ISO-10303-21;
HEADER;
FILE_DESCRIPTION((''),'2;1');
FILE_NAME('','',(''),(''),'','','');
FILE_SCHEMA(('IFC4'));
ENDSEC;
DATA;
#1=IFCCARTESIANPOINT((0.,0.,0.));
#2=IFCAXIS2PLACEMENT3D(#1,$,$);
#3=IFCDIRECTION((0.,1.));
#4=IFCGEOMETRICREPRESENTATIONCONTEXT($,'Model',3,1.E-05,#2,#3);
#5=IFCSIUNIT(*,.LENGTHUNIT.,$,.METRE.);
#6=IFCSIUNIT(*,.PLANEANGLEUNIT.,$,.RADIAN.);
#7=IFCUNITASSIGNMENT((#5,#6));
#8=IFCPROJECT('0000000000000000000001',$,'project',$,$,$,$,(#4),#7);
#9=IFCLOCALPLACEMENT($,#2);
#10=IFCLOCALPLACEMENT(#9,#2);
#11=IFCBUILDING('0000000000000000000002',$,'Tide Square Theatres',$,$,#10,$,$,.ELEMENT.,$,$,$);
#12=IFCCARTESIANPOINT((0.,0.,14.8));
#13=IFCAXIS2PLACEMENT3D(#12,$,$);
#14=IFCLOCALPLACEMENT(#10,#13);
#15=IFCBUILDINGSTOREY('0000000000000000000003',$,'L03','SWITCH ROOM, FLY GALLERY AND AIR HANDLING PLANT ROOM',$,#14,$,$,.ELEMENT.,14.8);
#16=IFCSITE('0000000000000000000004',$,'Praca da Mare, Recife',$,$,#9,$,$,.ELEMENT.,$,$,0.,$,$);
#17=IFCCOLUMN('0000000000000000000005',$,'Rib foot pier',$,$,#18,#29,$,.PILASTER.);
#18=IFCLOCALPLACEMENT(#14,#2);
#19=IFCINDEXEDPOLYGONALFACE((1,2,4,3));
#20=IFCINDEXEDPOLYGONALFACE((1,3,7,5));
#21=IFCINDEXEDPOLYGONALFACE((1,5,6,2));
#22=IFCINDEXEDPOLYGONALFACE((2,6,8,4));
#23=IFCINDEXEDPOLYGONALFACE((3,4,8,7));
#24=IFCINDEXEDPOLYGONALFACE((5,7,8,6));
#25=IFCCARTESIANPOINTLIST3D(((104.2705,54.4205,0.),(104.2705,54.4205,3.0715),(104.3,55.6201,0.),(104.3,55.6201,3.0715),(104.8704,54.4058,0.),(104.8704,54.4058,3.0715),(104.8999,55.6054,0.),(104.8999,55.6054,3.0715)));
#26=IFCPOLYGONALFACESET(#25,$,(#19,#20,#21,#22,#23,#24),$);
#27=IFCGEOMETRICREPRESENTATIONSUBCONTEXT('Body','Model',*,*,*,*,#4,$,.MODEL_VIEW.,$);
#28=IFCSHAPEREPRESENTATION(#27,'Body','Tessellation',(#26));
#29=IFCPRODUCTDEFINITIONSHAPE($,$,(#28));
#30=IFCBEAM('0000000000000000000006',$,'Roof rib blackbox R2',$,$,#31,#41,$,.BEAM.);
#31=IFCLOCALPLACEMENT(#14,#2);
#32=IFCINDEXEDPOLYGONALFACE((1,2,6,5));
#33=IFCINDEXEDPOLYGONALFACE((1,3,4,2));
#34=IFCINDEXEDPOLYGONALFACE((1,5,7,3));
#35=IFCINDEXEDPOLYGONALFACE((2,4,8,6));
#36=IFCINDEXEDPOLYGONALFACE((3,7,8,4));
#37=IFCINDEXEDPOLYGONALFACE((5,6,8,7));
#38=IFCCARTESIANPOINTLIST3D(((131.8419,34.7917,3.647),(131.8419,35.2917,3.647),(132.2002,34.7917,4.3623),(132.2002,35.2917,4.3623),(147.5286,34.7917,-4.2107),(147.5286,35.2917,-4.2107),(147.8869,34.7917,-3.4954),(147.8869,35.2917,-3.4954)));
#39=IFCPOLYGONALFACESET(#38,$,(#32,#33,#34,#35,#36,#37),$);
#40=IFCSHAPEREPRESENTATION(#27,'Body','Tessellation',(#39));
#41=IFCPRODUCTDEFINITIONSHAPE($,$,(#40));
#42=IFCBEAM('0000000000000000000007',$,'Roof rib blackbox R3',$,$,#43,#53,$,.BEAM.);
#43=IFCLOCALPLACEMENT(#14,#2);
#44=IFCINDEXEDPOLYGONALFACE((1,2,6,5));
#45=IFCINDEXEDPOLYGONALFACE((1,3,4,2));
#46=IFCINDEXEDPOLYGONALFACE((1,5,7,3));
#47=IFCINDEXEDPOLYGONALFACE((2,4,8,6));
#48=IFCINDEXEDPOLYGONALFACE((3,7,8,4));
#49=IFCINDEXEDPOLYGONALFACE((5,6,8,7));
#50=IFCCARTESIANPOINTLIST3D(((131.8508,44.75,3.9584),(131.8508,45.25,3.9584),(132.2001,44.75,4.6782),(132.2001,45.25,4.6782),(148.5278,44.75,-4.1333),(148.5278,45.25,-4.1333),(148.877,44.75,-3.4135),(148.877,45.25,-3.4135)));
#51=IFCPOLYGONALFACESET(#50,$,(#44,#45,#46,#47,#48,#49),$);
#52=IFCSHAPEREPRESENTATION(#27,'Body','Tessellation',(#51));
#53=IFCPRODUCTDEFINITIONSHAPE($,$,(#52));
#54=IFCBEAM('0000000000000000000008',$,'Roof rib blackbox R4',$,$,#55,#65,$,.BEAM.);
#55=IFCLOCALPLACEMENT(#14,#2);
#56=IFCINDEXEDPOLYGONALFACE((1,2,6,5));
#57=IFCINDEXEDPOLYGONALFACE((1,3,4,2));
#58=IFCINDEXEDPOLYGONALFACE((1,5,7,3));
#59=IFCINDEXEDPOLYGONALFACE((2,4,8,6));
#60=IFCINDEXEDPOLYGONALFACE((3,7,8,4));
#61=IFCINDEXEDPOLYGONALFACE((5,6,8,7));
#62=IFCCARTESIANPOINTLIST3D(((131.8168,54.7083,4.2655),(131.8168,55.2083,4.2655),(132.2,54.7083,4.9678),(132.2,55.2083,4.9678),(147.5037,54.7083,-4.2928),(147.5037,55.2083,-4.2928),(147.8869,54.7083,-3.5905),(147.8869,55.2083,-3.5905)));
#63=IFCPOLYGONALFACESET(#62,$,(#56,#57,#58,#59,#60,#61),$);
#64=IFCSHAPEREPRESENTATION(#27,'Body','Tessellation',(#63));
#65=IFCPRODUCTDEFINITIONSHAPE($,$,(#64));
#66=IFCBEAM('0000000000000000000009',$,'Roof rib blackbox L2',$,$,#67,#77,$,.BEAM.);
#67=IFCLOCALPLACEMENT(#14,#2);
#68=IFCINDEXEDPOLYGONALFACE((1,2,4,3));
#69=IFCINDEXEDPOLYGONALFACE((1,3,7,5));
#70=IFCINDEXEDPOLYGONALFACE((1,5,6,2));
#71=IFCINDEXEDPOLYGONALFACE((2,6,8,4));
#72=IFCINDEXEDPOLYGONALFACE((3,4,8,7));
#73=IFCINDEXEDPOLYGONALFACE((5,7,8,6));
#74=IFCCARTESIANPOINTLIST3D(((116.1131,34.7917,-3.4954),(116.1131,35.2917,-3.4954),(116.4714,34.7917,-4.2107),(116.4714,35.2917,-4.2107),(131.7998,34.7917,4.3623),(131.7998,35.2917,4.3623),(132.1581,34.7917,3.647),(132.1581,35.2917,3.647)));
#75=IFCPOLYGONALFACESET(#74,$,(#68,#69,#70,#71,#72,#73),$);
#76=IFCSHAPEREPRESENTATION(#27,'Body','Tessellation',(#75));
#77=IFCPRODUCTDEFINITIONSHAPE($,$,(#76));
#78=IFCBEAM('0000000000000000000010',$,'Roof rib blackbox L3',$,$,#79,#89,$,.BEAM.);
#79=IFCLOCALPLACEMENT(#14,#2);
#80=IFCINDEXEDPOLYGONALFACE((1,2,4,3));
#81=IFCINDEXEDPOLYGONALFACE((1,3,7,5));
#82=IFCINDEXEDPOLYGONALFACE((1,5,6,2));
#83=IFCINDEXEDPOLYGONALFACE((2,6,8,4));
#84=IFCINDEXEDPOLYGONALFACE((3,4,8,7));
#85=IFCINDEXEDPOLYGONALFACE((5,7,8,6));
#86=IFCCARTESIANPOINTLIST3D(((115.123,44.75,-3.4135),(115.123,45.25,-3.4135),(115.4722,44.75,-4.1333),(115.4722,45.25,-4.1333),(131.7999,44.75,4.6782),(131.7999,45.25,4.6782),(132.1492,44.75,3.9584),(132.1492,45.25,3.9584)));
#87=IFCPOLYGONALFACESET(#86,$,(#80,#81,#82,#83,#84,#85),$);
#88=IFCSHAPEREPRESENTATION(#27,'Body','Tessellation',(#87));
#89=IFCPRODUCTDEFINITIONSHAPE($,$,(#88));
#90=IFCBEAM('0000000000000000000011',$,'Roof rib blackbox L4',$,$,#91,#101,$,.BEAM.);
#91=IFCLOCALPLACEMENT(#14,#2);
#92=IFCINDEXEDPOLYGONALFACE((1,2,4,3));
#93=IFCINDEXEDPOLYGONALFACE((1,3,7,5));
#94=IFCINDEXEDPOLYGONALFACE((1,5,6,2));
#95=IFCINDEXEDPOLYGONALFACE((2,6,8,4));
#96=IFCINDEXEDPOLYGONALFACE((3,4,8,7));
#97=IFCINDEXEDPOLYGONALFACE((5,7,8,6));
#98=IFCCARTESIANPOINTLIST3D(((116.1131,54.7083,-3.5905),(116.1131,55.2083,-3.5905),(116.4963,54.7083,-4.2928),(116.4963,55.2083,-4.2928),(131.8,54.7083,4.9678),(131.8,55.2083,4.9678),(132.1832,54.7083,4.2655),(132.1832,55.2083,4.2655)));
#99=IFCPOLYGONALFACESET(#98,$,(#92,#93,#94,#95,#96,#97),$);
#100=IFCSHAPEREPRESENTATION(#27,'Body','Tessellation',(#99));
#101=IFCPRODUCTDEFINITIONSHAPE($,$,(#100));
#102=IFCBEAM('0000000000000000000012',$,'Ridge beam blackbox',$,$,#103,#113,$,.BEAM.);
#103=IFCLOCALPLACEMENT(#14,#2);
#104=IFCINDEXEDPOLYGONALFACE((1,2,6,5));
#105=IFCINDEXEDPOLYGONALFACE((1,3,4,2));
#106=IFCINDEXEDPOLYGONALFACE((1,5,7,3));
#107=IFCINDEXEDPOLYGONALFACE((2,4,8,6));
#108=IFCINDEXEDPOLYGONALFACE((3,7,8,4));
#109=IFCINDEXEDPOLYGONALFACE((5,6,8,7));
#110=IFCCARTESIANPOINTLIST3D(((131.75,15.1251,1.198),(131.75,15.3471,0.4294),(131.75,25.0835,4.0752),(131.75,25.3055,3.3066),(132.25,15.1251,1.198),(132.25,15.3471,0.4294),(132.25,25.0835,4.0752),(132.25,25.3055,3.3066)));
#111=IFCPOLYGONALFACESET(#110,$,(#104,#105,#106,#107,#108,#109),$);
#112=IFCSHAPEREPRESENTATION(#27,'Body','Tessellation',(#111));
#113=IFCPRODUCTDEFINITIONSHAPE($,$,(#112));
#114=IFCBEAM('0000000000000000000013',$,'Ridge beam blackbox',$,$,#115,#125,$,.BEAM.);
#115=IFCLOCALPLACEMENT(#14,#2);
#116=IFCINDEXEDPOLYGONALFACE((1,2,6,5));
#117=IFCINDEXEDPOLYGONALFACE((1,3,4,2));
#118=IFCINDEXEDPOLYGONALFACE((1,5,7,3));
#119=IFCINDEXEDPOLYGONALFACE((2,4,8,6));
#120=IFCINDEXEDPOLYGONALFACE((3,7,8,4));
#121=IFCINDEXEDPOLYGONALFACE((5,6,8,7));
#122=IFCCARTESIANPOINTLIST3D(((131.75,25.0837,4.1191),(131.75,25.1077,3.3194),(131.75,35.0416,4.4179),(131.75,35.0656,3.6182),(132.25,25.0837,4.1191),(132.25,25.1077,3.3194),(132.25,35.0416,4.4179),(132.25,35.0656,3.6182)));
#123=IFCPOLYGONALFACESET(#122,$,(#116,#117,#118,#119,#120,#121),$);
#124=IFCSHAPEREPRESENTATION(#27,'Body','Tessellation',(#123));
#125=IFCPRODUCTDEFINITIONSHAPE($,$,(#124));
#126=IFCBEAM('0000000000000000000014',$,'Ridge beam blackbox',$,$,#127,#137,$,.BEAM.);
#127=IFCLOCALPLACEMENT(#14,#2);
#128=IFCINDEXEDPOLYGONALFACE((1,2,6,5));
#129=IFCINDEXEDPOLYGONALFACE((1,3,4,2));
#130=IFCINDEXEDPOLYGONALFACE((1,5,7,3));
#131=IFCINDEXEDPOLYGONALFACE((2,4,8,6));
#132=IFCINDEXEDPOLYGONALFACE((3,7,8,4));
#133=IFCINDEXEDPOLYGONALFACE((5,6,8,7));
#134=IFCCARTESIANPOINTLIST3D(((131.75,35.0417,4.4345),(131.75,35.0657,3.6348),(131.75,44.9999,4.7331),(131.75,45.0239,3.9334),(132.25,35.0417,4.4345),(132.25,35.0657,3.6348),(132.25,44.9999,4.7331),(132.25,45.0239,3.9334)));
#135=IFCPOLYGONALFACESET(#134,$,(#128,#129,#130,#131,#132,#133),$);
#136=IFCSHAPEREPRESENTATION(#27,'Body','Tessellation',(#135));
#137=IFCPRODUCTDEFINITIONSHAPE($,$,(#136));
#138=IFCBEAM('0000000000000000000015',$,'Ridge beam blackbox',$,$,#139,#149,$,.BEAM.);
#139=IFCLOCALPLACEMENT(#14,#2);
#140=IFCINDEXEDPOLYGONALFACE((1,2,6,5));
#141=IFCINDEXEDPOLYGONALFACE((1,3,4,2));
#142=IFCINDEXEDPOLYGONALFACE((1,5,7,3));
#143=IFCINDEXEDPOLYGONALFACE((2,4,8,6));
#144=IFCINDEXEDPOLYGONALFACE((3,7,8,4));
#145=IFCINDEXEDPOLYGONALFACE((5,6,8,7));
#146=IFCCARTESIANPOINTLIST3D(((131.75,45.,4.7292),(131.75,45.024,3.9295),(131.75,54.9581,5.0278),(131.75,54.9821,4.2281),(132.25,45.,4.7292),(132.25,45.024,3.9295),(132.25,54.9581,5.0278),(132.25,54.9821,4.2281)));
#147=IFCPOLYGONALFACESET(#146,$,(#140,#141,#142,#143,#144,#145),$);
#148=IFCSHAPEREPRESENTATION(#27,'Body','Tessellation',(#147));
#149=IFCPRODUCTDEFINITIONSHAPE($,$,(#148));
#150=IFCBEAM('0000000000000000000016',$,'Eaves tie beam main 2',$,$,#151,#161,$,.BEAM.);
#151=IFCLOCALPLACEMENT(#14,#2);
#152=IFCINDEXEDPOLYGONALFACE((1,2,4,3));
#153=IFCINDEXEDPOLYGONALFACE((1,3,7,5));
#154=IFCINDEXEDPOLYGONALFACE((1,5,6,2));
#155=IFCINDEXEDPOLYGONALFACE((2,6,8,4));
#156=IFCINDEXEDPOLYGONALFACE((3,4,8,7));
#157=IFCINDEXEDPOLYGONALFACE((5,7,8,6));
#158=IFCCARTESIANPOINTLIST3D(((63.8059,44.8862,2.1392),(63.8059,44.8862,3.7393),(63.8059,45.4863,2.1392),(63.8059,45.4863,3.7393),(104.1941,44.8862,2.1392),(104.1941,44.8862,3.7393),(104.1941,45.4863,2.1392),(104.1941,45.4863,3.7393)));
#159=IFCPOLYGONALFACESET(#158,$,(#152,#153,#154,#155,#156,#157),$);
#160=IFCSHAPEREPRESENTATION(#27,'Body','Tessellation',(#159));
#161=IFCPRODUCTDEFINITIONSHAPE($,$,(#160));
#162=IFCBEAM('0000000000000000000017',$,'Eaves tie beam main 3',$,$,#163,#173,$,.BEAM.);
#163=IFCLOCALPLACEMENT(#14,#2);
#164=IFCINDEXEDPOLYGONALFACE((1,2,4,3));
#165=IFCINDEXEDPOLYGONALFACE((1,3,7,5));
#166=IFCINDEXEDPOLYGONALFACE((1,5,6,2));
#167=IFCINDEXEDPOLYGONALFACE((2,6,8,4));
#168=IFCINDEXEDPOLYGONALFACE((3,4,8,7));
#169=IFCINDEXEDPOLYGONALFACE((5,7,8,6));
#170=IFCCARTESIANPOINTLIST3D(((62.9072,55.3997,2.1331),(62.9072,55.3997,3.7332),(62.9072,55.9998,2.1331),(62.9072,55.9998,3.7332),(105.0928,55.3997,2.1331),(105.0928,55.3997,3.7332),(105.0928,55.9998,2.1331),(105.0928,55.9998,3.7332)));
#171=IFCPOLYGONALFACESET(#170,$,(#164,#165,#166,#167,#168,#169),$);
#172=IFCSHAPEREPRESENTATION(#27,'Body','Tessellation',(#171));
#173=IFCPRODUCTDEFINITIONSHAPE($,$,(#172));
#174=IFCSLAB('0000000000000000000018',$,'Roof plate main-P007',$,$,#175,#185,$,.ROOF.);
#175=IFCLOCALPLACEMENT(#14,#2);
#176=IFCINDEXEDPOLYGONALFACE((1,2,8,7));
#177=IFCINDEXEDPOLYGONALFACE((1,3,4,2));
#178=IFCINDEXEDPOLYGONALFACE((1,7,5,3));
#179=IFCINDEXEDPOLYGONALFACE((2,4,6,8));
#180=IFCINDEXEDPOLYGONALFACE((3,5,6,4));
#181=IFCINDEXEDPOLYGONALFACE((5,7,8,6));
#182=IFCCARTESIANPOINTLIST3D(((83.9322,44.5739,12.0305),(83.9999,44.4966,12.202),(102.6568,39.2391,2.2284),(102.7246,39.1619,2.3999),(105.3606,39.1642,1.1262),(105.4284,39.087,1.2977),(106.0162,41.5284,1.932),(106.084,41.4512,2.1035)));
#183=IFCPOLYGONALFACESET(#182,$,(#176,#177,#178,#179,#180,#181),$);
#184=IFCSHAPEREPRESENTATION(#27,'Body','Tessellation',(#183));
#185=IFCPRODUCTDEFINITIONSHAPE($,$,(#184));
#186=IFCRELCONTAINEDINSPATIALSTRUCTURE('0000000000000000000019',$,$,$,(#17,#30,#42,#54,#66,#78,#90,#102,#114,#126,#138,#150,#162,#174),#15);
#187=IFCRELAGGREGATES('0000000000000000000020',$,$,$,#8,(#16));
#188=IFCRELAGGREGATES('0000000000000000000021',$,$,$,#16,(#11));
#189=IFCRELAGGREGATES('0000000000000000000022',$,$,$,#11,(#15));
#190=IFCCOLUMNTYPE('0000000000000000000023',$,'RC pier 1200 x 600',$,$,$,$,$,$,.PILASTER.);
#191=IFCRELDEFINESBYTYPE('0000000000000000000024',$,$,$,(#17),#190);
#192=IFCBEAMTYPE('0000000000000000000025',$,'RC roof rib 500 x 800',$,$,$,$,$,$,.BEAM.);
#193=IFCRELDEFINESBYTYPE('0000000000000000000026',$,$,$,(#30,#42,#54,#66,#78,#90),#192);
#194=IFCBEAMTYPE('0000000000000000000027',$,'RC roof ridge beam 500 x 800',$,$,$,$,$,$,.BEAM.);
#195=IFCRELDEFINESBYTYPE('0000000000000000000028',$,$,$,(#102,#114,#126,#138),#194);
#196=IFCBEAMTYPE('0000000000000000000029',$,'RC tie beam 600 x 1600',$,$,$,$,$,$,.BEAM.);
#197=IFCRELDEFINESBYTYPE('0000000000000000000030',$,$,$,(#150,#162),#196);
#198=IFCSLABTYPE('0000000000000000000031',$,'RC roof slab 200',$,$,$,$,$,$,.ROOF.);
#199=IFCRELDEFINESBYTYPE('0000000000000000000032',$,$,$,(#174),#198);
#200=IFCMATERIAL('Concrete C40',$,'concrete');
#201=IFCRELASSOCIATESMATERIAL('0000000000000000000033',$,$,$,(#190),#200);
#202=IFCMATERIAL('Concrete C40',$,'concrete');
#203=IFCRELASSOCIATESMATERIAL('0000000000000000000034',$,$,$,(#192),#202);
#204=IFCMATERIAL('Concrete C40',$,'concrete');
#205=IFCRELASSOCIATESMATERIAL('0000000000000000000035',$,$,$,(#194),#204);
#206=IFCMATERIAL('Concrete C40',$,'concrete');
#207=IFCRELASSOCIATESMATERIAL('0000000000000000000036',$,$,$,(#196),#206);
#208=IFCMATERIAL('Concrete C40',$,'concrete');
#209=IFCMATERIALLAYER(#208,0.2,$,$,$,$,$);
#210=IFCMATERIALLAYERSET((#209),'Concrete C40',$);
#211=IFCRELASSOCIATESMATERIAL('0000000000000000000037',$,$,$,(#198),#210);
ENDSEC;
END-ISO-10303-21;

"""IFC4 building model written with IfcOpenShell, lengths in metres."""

from ifc_helpers import new_model, si_unit, direction, frame, origin, origin_2d, place, context, subcontext, project, spatial, polyline, rectangle, outline, extrude, material, layer, layer_set, material_profile, profile_set, type_object, element, save


model = new_model("IFC4")

# Units and contexts
model_context = context("Model", 3, precision=1e-05, world=origin(), true_north=direction((0.0, 1.0)))
body_context = subcontext(model_context, "Body", "Model", "MODEL_VIEW")
ifc_project = project(units=[si_unit("LENGTHUNIT", "METRE"), si_unit("PLANEANGLEUNIT", "RADIAN")], contexts=[model_context])

# Site, building, storey
site_placement = place(None, origin())
site = spatial("IfcSite", under=ifc_project, at=site_placement, Name="Praca da Mare, Recife", CompositionType="ELEMENT", RefElevation=0.0)
building_placement = place(site_placement, origin())
building = spatial("IfcBuilding", under=site, at=building_placement, Name="Tide Square Theatres", CompositionType="ELEMENT")
storey_placement = place(building_placement, frame((0.0, 0.0, 14.8)))
storey = spatial("IfcBuildingStorey", under=building, at=storey_placement, Name="L03", Description="SWITCH ROOM, FLY GALLERY AND AIR HANDLING PLANT ROOM", CompositionType="ELEMENT", Elevation=14.8)

# Column
ifc_material_1 = material(Name="Concrete C40", Category="concrete")
ifc_material_profile_1 = material_profile(ifc_material_1, rectangle(XDim=1.2, YDim=0.6001, at=origin_2d()))
ifc_profile_set_1 = profile_set([ifc_material_profile_1], Name="Concrete C40")
column_type = type_object("IfcColumnType", Name="RC pier 1200 x 600", PredefinedType="PILASTER", material=ifc_profile_set_1)
column_placement = place(storey_placement, frame((104.5852, 55.0129, 0.0), z_axis=(0.0, 0.0, 1.0), x_axis=(0.024572, 0.999698, 0.0)))
element("IfcColumn", 1, at=column_placement, inside=storey, type_object=column_type, Name="Rib foot pier", PredefinedType="PILASTER", context=body_context, shape_type="SweptSolid", body=[
    extrude(rectangle(XDim=1.2, YDim=0.6001, at=origin_2d()), origin(), (0.0, 0.0, 1.0), 3.0715),
])

# Beams
ifc_material_2 = material(Name="Concrete C40", Category="concrete")
ifc_material_profile_2 = material_profile(ifc_material_2, rectangle(XDim=0.5, YDim=0.8, at=origin_2d()))
ifc_profile_set_2 = profile_set([ifc_material_profile_2], Name="Concrete C40")
beam_type_1 = type_object("IfcBeamType", Name="RC roof rib 500 x 800", PredefinedType="BEAM", material=ifc_profile_set_2)
beam_1_placement = place(storey_placement, frame((147.7078, 35.0417, -3.853), z_axis=(-0.894101, 0.0, 0.447865), x_axis=(0.0, -1.0, 0.0)))
element("IfcBeam", 2, at=beam_1_placement, inside=storey, type_object=beam_type_1, Name="Roof rib blackbox R2", PredefinedType="BEAM", context=body_context, shape_type="SweptSolid", body=[
    extrude(rectangle(XDim=0.5, YDim=0.8, at=origin_2d()), origin(), (0.0, 0.0, 1.0), 17.5447),
])
beam_2_placement = place(storey_placement, frame((148.7024, 45.0, -3.7734), z_axis=(-0.899687, 0.0, 0.436535), x_axis=(0.0, -1.0, 0.0)))
element("IfcBeam", 3, at=beam_2_placement, inside=storey, type_object=beam_type_1, Name="Roof rib blackbox R3", PredefinedType="BEAM", context=body_context, shape_type="SweptSolid", body=[
    extrude(rectangle(XDim=0.5, YDim=0.8, at=origin_2d()), origin(), (0.0, 0.0, 1.0), 18.5364),
])
beam_3_placement = place(storey_placement, frame((147.6953, 54.9583, -3.9417), z_axis=(-0.877853, 0.0, 0.47893), x_axis=(0.0, -1.0, 0.0)))
element("IfcBeam", 4, at=beam_3_placement, inside=storey, type_object=beam_type_1, Name="Roof rib blackbox R4", PredefinedType="BEAM", context=body_context, shape_type="SweptSolid", body=[
    extrude(rectangle(XDim=0.5, YDim=0.8, at=origin_2d()), origin(), (0.0, 0.0, 1.0), 17.8696),
])
beam_4_placement = place(storey_placement, frame((116.2922, 35.0417, -3.853), z_axis=(0.894101, 0.0, 0.447865), x_axis=(0.0, 1.0, 0.0)))
element("IfcBeam", 5, at=beam_4_placement, inside=storey, type_object=beam_type_1, Name="Roof rib blackbox L2", PredefinedType="BEAM", context=body_context, shape_type="SweptSolid", body=[
    extrude(rectangle(XDim=0.5, YDim=0.8, at=origin_2d()), origin(), (0.0, 0.0, 1.0), 17.5447),
])
beam_5_placement = place(storey_placement, frame((115.2976, 45.0, -3.7734), z_axis=(0.899687, 0.0, 0.436535), x_axis=(0.0, 1.0, 0.0)))
element("IfcBeam", 6, at=beam_5_placement, inside=storey, type_object=beam_type_1, Name="Roof rib blackbox L3", PredefinedType="BEAM", context=body_context, shape_type="SweptSolid", body=[
    extrude(rectangle(XDim=0.5, YDim=0.8, at=origin_2d()), origin(), (0.0, 0.0, 1.0), 18.5364),
])
beam_6_placement = place(storey_placement, frame((116.3047, 54.9583, -3.9417), z_axis=(0.877853, 0.0, 0.47893), x_axis=(0.0, 1.0, 0.0)))
element("IfcBeam", 7, at=beam_6_placement, inside=storey, type_object=beam_type_1, Name="Roof rib blackbox L4", PredefinedType="BEAM", context=body_context, shape_type="SweptSolid", body=[
    extrude(rectangle(XDim=0.5, YDim=0.8, at=origin_2d()), origin(), (0.0, 0.0, 1.0), 17.8696),
])
ifc_material_3 = material(Name="Concrete C40", Category="concrete")
ifc_material_profile_3 = material_profile(ifc_material_3, rectangle(XDim=0.5, YDim=0.8, at=origin_2d()))
ifc_profile_set_3 = profile_set([ifc_material_profile_3], Name="Concrete C40")
beam_type_2 = type_object("IfcBeamType", Name="RC roof ridge beam 500 x 800", PredefinedType="BEAM", material=ifc_profile_set_3)
beam_7_placement = place(storey_placement, frame((132.0, 15.2361, 0.8137), z_axis=(0.0, 0.960707, 0.277566), x_axis=(-1.0, 0.0, 0.0)))
element("IfcBeam", 8, at=beam_7_placement, inside=storey, type_object=beam_type_2, Name="Ridge beam blackbox", PredefinedType="BEAM", context=body_context, shape_type="SweptSolid", body=[
    extrude(rectangle(XDim=0.5, YDim=0.8, at=origin_2d()), origin(), (0.0, 0.0, 1.0), 10.3657),
])
beam_8_placement = place(storey_placement, frame((132.0, 25.0957, 3.7192), z_axis=(0.0, 0.99955, 0.029995), x_axis=(-1.0, 0.0, 0.0)))
element("IfcBeam", 9, at=beam_8_placement, inside=storey, type_object=beam_type_2, Name="Ridge beam blackbox", PredefinedType="BEAM", context=body_context, shape_type="SweptSolid", body=[
    extrude(rectangle(XDim=0.5, YDim=0.8, at=origin_2d()), origin(), (0.0, 0.0, 1.0), 9.9624),
])
for number, where, z_axis, x_axis, name in (
    (10, (132.0, 35.0537, 4.0347), (0.0, 0.999551, 0.02997), (-1.0, 0.0, 0.0), "Ridge beam blackbox"),
    (11, (132.0, 45.012, 4.3293), (0.0, 0.999551, 0.02997), (-1.0, 0.0, 0.0), "Ridge beam blackbox"),
):
    element("IfcBeam", number, at=place(storey_placement, frame(where, z_axis=z_axis, x_axis=x_axis)), inside=storey, type_object=beam_type_2, Name=name, PredefinedType="BEAM", context=body_context, shape_type="SweptSolid", body=[
        extrude(rectangle(XDim=0.5, YDim=0.8, at=origin_2d()), origin(), (0.0, 0.0, 1.0), 9.9626),
    ])
ifc_material_4 = material(Name="Concrete C40", Category="concrete")
ifc_material_profile_4 = material_profile(ifc_material_4, rectangle(XDim=0.6001, YDim=1.6001, at=origin_2d()))
ifc_profile_set_4 = profile_set([ifc_material_profile_4], Name="Concrete C40")
beam_type_3 = type_object("IfcBeamType", Name="RC tie beam 600 x 1600", PredefinedType="BEAM", material=ifc_profile_set_4)
beam_9_placement = place(storey_placement, frame((104.1941, 45.1863, 2.9392), z_axis=(-1.0, 0.0, 0.0), x_axis=(0.0, -1.0, 0.0)))
element("IfcBeam", 12, at=beam_9_placement, inside=storey, type_object=beam_type_3, Name="Eaves tie beam main 2", PredefinedType="BEAM", context=body_context, shape_type="SweptSolid", body=[
    extrude(rectangle(XDim=0.6001, YDim=1.6001, at=origin_2d()), origin(), (0.0, 0.0, 1.0), 40.3882),
])
beam_10_placement = place(storey_placement, frame((105.0928, 55.6997, 2.9331), z_axis=(-1.0, 0.0, 0.0), x_axis=(0.0, -1.0, 0.0)))
element("IfcBeam", 13, at=beam_10_placement, inside=storey, type_object=beam_type_3, Name="Eaves tie beam main 3", PredefinedType="BEAM", context=body_context, shape_type="SweptSolid", body=[
    extrude(rectangle(XDim=0.6001, YDim=1.6001, at=origin_2d()), origin(), (0.0, 0.0, 1.0), 42.1855),
])

# Slab
ifc_material_5 = material(Name="Concrete C40", Category="concrete")
ifc_layer_1 = layer(ifc_material_5, 0.2)
ifc_layer_set_1 = layer_set([ifc_layer_1], Name="Concrete C40")
slab_type = type_object("IfcSlabType", Name="RC roof slab 200", PredefinedType="ROOF", material=ifc_layer_set_1)
slab_1_placement = place(storey_placement, frame((106.084, 41.4512, 2.1035), z_axis=(0.338972, -0.386359, 0.857802), x_axis=(-0.90236, 0.124439, 0.412628)))
element("IfcSlab", 14, at=slab_1_placement, inside=storey, type_object=slab_type, Name="Roof plate main-P007", PredefinedType="ROOF", context=body_context, shape_type="SweptSolid", body=[
    extrude(outline(polyline([(0.0, 0.0), (24.4736, 0.0), (2.8688, 2.8956), (-0.0351, 2.5821), (0.0, 0.0)])), origin(), (0.0, 0.0, -1.0), 0.2),
])

save(model, "model.ifc")
